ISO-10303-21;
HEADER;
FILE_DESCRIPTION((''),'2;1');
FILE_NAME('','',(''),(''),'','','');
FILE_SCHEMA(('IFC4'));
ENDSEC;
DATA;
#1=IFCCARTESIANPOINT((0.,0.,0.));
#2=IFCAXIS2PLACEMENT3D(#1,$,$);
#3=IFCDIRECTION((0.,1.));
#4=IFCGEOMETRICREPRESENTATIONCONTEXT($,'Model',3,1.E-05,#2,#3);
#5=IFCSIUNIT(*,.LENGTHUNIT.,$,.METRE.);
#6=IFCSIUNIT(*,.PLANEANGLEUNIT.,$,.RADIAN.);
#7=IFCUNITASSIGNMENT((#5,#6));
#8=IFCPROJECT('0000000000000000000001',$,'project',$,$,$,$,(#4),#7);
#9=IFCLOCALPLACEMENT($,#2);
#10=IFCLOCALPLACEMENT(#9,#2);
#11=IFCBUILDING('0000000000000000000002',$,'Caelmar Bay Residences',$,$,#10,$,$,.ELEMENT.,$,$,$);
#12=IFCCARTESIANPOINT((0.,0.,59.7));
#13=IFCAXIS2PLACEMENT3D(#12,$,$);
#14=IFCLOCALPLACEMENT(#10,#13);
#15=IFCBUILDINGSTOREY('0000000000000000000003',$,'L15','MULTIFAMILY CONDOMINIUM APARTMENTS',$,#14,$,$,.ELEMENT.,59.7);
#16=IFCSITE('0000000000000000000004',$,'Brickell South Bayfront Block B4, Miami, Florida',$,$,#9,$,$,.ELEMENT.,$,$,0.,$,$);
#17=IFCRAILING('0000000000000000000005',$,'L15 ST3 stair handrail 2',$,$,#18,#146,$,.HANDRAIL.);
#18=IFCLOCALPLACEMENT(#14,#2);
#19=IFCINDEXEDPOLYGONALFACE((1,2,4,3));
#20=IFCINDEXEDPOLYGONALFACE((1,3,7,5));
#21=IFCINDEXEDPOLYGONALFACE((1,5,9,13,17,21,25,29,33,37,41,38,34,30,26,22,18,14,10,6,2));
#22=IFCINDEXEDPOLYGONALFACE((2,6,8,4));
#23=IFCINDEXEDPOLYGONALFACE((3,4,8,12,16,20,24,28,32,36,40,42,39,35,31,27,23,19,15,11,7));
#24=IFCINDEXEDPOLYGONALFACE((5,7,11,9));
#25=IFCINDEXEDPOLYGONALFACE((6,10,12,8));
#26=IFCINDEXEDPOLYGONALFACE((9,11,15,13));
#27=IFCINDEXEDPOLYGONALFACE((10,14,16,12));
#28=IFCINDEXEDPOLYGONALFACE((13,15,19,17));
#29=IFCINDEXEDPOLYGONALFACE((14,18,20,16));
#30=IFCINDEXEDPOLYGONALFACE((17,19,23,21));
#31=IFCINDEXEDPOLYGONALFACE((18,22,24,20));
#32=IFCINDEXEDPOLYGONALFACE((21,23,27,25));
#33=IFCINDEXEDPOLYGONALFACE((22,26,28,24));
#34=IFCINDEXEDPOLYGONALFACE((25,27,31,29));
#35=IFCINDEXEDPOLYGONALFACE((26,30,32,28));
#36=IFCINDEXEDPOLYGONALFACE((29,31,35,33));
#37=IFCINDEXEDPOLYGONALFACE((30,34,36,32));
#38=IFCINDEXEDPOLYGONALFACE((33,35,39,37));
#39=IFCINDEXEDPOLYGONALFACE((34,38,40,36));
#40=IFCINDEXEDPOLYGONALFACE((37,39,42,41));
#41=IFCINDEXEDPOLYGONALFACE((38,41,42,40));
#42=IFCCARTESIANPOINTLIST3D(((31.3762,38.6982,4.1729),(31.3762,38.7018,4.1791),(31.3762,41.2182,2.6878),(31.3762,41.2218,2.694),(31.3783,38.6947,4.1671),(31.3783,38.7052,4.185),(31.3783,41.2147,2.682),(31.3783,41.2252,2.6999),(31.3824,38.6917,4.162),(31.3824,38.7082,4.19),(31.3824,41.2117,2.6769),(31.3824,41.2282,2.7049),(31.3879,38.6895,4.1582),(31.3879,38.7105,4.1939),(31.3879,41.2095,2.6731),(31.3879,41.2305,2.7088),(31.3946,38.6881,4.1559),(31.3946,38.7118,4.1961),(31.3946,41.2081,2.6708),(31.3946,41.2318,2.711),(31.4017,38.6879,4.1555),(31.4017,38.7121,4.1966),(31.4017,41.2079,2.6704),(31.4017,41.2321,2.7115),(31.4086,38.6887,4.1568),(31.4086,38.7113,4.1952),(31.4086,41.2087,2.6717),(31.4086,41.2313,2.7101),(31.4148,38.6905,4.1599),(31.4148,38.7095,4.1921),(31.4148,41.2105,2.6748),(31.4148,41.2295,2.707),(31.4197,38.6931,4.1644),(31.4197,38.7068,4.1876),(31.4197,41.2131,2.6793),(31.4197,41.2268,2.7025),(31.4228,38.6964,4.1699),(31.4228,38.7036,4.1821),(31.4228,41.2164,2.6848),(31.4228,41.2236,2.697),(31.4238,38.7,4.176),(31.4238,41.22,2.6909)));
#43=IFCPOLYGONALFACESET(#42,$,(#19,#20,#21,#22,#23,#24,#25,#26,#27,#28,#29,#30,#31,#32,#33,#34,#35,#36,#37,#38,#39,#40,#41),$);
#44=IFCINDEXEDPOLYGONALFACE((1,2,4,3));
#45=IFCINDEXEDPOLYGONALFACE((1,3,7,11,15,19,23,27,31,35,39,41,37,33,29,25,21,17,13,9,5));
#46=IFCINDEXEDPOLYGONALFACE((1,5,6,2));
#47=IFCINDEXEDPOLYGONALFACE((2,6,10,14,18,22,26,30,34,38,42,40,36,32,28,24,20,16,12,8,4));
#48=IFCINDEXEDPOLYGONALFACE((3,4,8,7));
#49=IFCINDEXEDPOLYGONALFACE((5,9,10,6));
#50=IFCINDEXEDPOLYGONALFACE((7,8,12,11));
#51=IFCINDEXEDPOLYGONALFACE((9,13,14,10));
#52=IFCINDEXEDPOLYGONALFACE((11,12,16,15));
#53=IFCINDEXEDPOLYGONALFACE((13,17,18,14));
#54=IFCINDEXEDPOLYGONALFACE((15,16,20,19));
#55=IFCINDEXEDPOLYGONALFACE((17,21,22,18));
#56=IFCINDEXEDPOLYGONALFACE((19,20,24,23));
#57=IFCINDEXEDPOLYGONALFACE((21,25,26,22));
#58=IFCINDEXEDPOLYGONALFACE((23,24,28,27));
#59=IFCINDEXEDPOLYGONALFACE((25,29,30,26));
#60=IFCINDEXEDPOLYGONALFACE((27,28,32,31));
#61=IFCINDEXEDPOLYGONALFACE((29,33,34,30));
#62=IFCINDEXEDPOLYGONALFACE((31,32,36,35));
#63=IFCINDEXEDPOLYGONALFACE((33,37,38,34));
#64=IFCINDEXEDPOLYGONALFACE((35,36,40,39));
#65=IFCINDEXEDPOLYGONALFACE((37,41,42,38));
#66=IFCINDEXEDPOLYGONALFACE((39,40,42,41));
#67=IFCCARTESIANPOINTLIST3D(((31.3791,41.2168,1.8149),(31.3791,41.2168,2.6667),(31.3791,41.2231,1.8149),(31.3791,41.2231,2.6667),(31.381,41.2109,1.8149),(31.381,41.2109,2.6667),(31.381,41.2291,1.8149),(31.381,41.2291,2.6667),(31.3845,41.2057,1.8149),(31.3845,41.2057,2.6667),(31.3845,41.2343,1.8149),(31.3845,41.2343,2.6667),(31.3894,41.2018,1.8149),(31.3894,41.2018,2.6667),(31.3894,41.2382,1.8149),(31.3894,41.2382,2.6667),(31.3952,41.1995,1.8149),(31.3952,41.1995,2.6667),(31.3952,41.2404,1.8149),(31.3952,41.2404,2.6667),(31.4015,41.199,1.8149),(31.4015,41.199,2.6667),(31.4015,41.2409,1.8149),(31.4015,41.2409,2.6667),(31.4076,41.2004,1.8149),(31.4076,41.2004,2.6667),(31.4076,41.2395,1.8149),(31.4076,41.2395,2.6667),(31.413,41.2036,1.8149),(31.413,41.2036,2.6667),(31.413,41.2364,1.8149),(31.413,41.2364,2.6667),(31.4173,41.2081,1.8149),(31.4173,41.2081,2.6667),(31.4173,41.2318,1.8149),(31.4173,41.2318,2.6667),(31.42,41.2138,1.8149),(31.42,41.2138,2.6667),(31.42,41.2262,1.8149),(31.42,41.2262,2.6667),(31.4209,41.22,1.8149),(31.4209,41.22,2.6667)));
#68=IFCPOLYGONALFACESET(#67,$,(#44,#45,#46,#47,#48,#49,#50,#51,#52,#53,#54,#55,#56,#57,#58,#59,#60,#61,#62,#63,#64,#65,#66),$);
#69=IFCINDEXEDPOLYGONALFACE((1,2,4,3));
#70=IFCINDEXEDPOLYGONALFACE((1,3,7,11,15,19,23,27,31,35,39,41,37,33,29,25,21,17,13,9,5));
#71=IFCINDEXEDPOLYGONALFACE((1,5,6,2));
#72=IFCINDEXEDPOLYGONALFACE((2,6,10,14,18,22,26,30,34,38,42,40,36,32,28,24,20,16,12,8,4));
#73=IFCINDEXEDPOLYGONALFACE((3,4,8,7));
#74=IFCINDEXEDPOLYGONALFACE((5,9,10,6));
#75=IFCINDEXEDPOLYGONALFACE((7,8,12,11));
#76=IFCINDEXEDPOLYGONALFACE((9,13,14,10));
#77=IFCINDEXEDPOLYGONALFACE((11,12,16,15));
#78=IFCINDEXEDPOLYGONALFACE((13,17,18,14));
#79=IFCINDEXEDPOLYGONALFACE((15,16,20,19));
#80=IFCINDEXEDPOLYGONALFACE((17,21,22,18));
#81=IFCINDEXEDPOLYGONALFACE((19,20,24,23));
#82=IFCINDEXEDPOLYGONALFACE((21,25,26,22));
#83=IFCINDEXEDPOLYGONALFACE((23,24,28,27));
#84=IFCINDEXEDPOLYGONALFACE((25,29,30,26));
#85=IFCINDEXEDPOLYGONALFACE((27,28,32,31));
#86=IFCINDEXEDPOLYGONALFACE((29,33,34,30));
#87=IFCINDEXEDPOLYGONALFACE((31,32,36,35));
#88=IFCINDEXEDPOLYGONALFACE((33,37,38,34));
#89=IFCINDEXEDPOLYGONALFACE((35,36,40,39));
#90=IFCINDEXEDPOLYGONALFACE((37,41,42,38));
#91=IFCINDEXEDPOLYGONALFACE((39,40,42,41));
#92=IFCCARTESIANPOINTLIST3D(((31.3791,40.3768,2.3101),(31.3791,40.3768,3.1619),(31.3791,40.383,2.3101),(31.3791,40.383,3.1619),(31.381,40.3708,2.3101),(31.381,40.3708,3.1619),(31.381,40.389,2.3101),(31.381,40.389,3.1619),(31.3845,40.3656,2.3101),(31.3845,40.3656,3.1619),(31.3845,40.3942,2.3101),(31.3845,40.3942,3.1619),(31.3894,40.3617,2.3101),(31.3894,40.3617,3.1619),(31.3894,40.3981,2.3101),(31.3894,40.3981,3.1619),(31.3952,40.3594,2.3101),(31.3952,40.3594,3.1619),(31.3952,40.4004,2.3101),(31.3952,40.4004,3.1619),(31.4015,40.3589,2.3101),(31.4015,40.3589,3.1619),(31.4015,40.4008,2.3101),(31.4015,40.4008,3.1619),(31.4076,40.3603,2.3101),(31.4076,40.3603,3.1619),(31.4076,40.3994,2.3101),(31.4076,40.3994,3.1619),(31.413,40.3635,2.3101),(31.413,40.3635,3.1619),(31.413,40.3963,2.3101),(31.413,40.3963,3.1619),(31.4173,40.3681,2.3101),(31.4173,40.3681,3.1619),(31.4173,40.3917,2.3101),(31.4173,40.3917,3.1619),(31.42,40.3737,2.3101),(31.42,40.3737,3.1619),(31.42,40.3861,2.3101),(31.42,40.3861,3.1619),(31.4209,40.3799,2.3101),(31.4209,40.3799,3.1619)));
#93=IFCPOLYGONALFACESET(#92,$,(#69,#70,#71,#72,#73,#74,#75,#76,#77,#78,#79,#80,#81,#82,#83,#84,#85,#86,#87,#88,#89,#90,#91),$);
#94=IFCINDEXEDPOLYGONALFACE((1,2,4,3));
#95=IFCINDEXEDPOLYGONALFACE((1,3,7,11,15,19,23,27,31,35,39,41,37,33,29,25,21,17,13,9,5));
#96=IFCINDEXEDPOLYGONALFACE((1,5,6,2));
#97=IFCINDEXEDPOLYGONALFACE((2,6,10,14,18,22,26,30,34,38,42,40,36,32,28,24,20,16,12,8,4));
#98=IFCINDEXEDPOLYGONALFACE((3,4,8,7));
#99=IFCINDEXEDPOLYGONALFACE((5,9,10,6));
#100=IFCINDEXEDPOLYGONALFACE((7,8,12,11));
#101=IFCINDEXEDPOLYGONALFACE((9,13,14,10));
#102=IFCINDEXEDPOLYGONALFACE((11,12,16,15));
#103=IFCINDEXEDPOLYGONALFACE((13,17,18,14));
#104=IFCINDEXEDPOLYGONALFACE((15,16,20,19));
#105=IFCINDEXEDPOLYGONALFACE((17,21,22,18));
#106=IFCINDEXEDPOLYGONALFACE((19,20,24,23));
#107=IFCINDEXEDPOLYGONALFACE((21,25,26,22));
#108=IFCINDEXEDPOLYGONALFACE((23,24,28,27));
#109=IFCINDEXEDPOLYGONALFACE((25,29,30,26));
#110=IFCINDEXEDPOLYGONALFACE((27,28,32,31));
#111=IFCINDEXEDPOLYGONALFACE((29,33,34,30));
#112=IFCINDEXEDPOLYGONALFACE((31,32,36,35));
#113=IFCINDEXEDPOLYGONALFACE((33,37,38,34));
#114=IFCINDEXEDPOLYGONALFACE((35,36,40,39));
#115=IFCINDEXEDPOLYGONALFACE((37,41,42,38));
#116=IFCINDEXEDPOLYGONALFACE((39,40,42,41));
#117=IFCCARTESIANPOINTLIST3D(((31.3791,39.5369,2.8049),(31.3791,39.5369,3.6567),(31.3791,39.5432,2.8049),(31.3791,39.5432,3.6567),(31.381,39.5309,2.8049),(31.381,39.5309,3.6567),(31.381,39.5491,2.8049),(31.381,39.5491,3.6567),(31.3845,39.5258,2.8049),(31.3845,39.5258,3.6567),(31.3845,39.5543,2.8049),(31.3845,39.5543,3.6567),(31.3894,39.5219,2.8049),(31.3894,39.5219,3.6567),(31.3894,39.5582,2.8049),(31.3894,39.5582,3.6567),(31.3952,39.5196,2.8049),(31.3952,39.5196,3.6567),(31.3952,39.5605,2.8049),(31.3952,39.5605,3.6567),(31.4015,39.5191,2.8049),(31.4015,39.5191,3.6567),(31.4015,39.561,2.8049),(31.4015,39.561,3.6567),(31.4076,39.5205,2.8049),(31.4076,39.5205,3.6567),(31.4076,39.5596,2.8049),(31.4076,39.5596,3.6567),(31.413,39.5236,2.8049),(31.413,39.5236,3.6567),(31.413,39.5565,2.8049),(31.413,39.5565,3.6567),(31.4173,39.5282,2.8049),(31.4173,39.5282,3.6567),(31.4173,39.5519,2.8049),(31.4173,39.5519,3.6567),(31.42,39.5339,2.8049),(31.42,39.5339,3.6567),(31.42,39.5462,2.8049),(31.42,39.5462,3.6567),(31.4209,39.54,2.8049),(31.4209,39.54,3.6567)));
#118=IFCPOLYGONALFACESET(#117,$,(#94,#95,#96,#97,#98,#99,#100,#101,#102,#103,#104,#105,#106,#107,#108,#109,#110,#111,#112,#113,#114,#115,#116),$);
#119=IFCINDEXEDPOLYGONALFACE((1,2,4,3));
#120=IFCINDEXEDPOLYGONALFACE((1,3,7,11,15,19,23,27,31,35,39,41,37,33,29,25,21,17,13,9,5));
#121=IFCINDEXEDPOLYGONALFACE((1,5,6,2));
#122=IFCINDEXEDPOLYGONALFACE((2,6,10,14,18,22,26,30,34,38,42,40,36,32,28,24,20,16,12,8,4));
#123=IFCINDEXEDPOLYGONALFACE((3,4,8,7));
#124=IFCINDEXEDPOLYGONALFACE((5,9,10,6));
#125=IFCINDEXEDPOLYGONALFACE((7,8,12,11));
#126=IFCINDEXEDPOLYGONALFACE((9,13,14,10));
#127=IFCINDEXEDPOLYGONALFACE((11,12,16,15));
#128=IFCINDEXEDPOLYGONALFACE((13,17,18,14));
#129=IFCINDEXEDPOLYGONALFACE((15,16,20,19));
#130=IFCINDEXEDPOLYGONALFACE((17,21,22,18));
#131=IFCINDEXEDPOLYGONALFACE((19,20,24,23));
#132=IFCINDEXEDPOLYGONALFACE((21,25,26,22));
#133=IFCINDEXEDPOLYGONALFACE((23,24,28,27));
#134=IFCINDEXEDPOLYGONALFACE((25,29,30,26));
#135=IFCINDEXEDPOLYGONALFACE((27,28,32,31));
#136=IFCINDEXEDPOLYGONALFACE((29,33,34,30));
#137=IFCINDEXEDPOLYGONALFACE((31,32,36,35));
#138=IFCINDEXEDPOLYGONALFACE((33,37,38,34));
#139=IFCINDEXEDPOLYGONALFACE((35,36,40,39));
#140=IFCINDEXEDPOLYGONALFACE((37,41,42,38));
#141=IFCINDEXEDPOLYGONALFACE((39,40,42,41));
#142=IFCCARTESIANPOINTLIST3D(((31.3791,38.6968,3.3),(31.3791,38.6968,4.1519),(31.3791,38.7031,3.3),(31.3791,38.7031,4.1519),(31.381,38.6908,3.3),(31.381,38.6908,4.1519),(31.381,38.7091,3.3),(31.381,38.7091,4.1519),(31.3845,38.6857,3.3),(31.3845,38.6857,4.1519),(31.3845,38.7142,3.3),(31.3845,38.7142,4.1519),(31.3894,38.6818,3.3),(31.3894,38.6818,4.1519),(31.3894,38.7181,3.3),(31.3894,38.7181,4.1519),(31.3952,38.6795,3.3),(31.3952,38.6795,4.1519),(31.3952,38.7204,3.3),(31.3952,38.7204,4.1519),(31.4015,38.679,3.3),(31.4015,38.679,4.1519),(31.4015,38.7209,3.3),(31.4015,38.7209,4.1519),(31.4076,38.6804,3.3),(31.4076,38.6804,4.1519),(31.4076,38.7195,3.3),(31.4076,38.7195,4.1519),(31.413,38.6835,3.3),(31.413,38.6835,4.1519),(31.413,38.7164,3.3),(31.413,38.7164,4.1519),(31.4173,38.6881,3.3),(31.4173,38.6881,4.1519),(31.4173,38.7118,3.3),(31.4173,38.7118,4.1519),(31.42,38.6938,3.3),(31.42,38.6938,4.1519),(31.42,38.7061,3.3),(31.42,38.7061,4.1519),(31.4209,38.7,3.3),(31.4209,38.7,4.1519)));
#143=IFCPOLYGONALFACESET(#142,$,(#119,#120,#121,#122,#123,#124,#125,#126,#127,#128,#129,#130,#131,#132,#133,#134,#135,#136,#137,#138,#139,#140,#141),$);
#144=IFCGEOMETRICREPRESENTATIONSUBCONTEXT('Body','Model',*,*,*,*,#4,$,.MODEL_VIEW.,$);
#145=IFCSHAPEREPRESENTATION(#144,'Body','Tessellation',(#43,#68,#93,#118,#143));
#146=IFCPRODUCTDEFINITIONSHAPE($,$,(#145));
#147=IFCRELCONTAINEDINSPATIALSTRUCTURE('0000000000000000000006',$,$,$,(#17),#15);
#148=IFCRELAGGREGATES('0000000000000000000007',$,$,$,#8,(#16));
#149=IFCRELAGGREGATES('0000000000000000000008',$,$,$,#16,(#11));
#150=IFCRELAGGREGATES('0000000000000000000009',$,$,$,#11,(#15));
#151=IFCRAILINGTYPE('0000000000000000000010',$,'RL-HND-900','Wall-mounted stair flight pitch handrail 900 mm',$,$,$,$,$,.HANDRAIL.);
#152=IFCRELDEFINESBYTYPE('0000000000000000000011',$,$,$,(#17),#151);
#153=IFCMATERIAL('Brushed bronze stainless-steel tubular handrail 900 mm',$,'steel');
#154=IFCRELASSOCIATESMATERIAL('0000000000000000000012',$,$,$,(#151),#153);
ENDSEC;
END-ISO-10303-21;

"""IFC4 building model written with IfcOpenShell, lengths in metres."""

from ifc_helpers import new_model, si_unit, direction, frame, origin, origin_2d, place, context, subcontext, project, spatial, circle, extrude, material, type_object, element, save


model = new_model("IFC4")

# Units and contexts
model_context = context("Model", 3, precision=1e-05, world=origin(), true_north=direction((0.0, 1.0)))
body_context = subcontext(model_context, "Body", "Model", "MODEL_VIEW")
ifc_project = project(units=[si_unit("LENGTHUNIT", "METRE"), si_unit("PLANEANGLEUNIT", "RADIAN")], contexts=[model_context])

# Site, building, storey
site_placement = place(None, origin())
site = spatial("IfcSite", under=ifc_project, at=site_placement, Name="Brickell South Bayfront Block B4, Miami, Florida", CompositionType="ELEMENT", RefElevation=0.0)
building_placement = place(site_placement, origin())
building = spatial("IfcBuilding", under=site, at=building_placement, Name="Caelmar Bay Residences", CompositionType="ELEMENT")
storey_placement = place(building_placement, frame((0.0, 0.0, 59.7)))
storey = spatial("IfcBuildingStorey", under=building, at=storey_placement, Name="L15", Description="MULTIFAMILY CONDOMINIUM APARTMENTS", CompositionType="ELEMENT", Elevation=59.7)

# Railing
ifc_material_1 = material(Name="Brushed bronze stainless-steel tubular handrail 900 mm", Category="steel")
railing_type_1 = type_object("IfcRailingType", Name="RL-HND-900", Description="Wall-mounted stair flight pitch handrail 900 mm", PredefinedType="HANDRAIL", material=ifc_material_1)
railing_1_placement = place(storey_placement, frame((31.3999, 41.22, 1.8149)))
element("IfcRailing", 1, at=railing_1_placement, inside=storey, type_object=railing_type_1, Name="L15 ST3 stair handrail 2", PredefinedType="HANDRAIL", context=body_context, shape_type="SweptSolid", body=[
    extrude(circle(Radius=0.0239, at=origin_2d()), frame((0.0, 0.0, 0.876), z_axis=(0.0, -0.861524, 0.507717), x_axis=(1.0, 0.0, 0.0)), (0.0, 0.0, 1.0), 2.925),
    extrude(circle(Radius=0.021, at=origin_2d()), origin(), (0.0, 0.0, 1.0), 0.8518),
    extrude(circle(Radius=0.021, at=origin_2d()), frame((0.0, -0.8401, 0.4951)), (0.0, 0.0, 1.0), 0.8518),
    extrude(circle(Radius=0.021, at=origin_2d()), frame((0.0, -1.6799, 0.99)), (0.0, 0.0, 1.0), 0.8518),
    extrude(circle(Radius=0.021, at=origin_2d()), frame((0.0, -2.52, 1.4851)), (0.0, 0.0, 1.0), 0.8518),
])

save(model, "model.ifc")
